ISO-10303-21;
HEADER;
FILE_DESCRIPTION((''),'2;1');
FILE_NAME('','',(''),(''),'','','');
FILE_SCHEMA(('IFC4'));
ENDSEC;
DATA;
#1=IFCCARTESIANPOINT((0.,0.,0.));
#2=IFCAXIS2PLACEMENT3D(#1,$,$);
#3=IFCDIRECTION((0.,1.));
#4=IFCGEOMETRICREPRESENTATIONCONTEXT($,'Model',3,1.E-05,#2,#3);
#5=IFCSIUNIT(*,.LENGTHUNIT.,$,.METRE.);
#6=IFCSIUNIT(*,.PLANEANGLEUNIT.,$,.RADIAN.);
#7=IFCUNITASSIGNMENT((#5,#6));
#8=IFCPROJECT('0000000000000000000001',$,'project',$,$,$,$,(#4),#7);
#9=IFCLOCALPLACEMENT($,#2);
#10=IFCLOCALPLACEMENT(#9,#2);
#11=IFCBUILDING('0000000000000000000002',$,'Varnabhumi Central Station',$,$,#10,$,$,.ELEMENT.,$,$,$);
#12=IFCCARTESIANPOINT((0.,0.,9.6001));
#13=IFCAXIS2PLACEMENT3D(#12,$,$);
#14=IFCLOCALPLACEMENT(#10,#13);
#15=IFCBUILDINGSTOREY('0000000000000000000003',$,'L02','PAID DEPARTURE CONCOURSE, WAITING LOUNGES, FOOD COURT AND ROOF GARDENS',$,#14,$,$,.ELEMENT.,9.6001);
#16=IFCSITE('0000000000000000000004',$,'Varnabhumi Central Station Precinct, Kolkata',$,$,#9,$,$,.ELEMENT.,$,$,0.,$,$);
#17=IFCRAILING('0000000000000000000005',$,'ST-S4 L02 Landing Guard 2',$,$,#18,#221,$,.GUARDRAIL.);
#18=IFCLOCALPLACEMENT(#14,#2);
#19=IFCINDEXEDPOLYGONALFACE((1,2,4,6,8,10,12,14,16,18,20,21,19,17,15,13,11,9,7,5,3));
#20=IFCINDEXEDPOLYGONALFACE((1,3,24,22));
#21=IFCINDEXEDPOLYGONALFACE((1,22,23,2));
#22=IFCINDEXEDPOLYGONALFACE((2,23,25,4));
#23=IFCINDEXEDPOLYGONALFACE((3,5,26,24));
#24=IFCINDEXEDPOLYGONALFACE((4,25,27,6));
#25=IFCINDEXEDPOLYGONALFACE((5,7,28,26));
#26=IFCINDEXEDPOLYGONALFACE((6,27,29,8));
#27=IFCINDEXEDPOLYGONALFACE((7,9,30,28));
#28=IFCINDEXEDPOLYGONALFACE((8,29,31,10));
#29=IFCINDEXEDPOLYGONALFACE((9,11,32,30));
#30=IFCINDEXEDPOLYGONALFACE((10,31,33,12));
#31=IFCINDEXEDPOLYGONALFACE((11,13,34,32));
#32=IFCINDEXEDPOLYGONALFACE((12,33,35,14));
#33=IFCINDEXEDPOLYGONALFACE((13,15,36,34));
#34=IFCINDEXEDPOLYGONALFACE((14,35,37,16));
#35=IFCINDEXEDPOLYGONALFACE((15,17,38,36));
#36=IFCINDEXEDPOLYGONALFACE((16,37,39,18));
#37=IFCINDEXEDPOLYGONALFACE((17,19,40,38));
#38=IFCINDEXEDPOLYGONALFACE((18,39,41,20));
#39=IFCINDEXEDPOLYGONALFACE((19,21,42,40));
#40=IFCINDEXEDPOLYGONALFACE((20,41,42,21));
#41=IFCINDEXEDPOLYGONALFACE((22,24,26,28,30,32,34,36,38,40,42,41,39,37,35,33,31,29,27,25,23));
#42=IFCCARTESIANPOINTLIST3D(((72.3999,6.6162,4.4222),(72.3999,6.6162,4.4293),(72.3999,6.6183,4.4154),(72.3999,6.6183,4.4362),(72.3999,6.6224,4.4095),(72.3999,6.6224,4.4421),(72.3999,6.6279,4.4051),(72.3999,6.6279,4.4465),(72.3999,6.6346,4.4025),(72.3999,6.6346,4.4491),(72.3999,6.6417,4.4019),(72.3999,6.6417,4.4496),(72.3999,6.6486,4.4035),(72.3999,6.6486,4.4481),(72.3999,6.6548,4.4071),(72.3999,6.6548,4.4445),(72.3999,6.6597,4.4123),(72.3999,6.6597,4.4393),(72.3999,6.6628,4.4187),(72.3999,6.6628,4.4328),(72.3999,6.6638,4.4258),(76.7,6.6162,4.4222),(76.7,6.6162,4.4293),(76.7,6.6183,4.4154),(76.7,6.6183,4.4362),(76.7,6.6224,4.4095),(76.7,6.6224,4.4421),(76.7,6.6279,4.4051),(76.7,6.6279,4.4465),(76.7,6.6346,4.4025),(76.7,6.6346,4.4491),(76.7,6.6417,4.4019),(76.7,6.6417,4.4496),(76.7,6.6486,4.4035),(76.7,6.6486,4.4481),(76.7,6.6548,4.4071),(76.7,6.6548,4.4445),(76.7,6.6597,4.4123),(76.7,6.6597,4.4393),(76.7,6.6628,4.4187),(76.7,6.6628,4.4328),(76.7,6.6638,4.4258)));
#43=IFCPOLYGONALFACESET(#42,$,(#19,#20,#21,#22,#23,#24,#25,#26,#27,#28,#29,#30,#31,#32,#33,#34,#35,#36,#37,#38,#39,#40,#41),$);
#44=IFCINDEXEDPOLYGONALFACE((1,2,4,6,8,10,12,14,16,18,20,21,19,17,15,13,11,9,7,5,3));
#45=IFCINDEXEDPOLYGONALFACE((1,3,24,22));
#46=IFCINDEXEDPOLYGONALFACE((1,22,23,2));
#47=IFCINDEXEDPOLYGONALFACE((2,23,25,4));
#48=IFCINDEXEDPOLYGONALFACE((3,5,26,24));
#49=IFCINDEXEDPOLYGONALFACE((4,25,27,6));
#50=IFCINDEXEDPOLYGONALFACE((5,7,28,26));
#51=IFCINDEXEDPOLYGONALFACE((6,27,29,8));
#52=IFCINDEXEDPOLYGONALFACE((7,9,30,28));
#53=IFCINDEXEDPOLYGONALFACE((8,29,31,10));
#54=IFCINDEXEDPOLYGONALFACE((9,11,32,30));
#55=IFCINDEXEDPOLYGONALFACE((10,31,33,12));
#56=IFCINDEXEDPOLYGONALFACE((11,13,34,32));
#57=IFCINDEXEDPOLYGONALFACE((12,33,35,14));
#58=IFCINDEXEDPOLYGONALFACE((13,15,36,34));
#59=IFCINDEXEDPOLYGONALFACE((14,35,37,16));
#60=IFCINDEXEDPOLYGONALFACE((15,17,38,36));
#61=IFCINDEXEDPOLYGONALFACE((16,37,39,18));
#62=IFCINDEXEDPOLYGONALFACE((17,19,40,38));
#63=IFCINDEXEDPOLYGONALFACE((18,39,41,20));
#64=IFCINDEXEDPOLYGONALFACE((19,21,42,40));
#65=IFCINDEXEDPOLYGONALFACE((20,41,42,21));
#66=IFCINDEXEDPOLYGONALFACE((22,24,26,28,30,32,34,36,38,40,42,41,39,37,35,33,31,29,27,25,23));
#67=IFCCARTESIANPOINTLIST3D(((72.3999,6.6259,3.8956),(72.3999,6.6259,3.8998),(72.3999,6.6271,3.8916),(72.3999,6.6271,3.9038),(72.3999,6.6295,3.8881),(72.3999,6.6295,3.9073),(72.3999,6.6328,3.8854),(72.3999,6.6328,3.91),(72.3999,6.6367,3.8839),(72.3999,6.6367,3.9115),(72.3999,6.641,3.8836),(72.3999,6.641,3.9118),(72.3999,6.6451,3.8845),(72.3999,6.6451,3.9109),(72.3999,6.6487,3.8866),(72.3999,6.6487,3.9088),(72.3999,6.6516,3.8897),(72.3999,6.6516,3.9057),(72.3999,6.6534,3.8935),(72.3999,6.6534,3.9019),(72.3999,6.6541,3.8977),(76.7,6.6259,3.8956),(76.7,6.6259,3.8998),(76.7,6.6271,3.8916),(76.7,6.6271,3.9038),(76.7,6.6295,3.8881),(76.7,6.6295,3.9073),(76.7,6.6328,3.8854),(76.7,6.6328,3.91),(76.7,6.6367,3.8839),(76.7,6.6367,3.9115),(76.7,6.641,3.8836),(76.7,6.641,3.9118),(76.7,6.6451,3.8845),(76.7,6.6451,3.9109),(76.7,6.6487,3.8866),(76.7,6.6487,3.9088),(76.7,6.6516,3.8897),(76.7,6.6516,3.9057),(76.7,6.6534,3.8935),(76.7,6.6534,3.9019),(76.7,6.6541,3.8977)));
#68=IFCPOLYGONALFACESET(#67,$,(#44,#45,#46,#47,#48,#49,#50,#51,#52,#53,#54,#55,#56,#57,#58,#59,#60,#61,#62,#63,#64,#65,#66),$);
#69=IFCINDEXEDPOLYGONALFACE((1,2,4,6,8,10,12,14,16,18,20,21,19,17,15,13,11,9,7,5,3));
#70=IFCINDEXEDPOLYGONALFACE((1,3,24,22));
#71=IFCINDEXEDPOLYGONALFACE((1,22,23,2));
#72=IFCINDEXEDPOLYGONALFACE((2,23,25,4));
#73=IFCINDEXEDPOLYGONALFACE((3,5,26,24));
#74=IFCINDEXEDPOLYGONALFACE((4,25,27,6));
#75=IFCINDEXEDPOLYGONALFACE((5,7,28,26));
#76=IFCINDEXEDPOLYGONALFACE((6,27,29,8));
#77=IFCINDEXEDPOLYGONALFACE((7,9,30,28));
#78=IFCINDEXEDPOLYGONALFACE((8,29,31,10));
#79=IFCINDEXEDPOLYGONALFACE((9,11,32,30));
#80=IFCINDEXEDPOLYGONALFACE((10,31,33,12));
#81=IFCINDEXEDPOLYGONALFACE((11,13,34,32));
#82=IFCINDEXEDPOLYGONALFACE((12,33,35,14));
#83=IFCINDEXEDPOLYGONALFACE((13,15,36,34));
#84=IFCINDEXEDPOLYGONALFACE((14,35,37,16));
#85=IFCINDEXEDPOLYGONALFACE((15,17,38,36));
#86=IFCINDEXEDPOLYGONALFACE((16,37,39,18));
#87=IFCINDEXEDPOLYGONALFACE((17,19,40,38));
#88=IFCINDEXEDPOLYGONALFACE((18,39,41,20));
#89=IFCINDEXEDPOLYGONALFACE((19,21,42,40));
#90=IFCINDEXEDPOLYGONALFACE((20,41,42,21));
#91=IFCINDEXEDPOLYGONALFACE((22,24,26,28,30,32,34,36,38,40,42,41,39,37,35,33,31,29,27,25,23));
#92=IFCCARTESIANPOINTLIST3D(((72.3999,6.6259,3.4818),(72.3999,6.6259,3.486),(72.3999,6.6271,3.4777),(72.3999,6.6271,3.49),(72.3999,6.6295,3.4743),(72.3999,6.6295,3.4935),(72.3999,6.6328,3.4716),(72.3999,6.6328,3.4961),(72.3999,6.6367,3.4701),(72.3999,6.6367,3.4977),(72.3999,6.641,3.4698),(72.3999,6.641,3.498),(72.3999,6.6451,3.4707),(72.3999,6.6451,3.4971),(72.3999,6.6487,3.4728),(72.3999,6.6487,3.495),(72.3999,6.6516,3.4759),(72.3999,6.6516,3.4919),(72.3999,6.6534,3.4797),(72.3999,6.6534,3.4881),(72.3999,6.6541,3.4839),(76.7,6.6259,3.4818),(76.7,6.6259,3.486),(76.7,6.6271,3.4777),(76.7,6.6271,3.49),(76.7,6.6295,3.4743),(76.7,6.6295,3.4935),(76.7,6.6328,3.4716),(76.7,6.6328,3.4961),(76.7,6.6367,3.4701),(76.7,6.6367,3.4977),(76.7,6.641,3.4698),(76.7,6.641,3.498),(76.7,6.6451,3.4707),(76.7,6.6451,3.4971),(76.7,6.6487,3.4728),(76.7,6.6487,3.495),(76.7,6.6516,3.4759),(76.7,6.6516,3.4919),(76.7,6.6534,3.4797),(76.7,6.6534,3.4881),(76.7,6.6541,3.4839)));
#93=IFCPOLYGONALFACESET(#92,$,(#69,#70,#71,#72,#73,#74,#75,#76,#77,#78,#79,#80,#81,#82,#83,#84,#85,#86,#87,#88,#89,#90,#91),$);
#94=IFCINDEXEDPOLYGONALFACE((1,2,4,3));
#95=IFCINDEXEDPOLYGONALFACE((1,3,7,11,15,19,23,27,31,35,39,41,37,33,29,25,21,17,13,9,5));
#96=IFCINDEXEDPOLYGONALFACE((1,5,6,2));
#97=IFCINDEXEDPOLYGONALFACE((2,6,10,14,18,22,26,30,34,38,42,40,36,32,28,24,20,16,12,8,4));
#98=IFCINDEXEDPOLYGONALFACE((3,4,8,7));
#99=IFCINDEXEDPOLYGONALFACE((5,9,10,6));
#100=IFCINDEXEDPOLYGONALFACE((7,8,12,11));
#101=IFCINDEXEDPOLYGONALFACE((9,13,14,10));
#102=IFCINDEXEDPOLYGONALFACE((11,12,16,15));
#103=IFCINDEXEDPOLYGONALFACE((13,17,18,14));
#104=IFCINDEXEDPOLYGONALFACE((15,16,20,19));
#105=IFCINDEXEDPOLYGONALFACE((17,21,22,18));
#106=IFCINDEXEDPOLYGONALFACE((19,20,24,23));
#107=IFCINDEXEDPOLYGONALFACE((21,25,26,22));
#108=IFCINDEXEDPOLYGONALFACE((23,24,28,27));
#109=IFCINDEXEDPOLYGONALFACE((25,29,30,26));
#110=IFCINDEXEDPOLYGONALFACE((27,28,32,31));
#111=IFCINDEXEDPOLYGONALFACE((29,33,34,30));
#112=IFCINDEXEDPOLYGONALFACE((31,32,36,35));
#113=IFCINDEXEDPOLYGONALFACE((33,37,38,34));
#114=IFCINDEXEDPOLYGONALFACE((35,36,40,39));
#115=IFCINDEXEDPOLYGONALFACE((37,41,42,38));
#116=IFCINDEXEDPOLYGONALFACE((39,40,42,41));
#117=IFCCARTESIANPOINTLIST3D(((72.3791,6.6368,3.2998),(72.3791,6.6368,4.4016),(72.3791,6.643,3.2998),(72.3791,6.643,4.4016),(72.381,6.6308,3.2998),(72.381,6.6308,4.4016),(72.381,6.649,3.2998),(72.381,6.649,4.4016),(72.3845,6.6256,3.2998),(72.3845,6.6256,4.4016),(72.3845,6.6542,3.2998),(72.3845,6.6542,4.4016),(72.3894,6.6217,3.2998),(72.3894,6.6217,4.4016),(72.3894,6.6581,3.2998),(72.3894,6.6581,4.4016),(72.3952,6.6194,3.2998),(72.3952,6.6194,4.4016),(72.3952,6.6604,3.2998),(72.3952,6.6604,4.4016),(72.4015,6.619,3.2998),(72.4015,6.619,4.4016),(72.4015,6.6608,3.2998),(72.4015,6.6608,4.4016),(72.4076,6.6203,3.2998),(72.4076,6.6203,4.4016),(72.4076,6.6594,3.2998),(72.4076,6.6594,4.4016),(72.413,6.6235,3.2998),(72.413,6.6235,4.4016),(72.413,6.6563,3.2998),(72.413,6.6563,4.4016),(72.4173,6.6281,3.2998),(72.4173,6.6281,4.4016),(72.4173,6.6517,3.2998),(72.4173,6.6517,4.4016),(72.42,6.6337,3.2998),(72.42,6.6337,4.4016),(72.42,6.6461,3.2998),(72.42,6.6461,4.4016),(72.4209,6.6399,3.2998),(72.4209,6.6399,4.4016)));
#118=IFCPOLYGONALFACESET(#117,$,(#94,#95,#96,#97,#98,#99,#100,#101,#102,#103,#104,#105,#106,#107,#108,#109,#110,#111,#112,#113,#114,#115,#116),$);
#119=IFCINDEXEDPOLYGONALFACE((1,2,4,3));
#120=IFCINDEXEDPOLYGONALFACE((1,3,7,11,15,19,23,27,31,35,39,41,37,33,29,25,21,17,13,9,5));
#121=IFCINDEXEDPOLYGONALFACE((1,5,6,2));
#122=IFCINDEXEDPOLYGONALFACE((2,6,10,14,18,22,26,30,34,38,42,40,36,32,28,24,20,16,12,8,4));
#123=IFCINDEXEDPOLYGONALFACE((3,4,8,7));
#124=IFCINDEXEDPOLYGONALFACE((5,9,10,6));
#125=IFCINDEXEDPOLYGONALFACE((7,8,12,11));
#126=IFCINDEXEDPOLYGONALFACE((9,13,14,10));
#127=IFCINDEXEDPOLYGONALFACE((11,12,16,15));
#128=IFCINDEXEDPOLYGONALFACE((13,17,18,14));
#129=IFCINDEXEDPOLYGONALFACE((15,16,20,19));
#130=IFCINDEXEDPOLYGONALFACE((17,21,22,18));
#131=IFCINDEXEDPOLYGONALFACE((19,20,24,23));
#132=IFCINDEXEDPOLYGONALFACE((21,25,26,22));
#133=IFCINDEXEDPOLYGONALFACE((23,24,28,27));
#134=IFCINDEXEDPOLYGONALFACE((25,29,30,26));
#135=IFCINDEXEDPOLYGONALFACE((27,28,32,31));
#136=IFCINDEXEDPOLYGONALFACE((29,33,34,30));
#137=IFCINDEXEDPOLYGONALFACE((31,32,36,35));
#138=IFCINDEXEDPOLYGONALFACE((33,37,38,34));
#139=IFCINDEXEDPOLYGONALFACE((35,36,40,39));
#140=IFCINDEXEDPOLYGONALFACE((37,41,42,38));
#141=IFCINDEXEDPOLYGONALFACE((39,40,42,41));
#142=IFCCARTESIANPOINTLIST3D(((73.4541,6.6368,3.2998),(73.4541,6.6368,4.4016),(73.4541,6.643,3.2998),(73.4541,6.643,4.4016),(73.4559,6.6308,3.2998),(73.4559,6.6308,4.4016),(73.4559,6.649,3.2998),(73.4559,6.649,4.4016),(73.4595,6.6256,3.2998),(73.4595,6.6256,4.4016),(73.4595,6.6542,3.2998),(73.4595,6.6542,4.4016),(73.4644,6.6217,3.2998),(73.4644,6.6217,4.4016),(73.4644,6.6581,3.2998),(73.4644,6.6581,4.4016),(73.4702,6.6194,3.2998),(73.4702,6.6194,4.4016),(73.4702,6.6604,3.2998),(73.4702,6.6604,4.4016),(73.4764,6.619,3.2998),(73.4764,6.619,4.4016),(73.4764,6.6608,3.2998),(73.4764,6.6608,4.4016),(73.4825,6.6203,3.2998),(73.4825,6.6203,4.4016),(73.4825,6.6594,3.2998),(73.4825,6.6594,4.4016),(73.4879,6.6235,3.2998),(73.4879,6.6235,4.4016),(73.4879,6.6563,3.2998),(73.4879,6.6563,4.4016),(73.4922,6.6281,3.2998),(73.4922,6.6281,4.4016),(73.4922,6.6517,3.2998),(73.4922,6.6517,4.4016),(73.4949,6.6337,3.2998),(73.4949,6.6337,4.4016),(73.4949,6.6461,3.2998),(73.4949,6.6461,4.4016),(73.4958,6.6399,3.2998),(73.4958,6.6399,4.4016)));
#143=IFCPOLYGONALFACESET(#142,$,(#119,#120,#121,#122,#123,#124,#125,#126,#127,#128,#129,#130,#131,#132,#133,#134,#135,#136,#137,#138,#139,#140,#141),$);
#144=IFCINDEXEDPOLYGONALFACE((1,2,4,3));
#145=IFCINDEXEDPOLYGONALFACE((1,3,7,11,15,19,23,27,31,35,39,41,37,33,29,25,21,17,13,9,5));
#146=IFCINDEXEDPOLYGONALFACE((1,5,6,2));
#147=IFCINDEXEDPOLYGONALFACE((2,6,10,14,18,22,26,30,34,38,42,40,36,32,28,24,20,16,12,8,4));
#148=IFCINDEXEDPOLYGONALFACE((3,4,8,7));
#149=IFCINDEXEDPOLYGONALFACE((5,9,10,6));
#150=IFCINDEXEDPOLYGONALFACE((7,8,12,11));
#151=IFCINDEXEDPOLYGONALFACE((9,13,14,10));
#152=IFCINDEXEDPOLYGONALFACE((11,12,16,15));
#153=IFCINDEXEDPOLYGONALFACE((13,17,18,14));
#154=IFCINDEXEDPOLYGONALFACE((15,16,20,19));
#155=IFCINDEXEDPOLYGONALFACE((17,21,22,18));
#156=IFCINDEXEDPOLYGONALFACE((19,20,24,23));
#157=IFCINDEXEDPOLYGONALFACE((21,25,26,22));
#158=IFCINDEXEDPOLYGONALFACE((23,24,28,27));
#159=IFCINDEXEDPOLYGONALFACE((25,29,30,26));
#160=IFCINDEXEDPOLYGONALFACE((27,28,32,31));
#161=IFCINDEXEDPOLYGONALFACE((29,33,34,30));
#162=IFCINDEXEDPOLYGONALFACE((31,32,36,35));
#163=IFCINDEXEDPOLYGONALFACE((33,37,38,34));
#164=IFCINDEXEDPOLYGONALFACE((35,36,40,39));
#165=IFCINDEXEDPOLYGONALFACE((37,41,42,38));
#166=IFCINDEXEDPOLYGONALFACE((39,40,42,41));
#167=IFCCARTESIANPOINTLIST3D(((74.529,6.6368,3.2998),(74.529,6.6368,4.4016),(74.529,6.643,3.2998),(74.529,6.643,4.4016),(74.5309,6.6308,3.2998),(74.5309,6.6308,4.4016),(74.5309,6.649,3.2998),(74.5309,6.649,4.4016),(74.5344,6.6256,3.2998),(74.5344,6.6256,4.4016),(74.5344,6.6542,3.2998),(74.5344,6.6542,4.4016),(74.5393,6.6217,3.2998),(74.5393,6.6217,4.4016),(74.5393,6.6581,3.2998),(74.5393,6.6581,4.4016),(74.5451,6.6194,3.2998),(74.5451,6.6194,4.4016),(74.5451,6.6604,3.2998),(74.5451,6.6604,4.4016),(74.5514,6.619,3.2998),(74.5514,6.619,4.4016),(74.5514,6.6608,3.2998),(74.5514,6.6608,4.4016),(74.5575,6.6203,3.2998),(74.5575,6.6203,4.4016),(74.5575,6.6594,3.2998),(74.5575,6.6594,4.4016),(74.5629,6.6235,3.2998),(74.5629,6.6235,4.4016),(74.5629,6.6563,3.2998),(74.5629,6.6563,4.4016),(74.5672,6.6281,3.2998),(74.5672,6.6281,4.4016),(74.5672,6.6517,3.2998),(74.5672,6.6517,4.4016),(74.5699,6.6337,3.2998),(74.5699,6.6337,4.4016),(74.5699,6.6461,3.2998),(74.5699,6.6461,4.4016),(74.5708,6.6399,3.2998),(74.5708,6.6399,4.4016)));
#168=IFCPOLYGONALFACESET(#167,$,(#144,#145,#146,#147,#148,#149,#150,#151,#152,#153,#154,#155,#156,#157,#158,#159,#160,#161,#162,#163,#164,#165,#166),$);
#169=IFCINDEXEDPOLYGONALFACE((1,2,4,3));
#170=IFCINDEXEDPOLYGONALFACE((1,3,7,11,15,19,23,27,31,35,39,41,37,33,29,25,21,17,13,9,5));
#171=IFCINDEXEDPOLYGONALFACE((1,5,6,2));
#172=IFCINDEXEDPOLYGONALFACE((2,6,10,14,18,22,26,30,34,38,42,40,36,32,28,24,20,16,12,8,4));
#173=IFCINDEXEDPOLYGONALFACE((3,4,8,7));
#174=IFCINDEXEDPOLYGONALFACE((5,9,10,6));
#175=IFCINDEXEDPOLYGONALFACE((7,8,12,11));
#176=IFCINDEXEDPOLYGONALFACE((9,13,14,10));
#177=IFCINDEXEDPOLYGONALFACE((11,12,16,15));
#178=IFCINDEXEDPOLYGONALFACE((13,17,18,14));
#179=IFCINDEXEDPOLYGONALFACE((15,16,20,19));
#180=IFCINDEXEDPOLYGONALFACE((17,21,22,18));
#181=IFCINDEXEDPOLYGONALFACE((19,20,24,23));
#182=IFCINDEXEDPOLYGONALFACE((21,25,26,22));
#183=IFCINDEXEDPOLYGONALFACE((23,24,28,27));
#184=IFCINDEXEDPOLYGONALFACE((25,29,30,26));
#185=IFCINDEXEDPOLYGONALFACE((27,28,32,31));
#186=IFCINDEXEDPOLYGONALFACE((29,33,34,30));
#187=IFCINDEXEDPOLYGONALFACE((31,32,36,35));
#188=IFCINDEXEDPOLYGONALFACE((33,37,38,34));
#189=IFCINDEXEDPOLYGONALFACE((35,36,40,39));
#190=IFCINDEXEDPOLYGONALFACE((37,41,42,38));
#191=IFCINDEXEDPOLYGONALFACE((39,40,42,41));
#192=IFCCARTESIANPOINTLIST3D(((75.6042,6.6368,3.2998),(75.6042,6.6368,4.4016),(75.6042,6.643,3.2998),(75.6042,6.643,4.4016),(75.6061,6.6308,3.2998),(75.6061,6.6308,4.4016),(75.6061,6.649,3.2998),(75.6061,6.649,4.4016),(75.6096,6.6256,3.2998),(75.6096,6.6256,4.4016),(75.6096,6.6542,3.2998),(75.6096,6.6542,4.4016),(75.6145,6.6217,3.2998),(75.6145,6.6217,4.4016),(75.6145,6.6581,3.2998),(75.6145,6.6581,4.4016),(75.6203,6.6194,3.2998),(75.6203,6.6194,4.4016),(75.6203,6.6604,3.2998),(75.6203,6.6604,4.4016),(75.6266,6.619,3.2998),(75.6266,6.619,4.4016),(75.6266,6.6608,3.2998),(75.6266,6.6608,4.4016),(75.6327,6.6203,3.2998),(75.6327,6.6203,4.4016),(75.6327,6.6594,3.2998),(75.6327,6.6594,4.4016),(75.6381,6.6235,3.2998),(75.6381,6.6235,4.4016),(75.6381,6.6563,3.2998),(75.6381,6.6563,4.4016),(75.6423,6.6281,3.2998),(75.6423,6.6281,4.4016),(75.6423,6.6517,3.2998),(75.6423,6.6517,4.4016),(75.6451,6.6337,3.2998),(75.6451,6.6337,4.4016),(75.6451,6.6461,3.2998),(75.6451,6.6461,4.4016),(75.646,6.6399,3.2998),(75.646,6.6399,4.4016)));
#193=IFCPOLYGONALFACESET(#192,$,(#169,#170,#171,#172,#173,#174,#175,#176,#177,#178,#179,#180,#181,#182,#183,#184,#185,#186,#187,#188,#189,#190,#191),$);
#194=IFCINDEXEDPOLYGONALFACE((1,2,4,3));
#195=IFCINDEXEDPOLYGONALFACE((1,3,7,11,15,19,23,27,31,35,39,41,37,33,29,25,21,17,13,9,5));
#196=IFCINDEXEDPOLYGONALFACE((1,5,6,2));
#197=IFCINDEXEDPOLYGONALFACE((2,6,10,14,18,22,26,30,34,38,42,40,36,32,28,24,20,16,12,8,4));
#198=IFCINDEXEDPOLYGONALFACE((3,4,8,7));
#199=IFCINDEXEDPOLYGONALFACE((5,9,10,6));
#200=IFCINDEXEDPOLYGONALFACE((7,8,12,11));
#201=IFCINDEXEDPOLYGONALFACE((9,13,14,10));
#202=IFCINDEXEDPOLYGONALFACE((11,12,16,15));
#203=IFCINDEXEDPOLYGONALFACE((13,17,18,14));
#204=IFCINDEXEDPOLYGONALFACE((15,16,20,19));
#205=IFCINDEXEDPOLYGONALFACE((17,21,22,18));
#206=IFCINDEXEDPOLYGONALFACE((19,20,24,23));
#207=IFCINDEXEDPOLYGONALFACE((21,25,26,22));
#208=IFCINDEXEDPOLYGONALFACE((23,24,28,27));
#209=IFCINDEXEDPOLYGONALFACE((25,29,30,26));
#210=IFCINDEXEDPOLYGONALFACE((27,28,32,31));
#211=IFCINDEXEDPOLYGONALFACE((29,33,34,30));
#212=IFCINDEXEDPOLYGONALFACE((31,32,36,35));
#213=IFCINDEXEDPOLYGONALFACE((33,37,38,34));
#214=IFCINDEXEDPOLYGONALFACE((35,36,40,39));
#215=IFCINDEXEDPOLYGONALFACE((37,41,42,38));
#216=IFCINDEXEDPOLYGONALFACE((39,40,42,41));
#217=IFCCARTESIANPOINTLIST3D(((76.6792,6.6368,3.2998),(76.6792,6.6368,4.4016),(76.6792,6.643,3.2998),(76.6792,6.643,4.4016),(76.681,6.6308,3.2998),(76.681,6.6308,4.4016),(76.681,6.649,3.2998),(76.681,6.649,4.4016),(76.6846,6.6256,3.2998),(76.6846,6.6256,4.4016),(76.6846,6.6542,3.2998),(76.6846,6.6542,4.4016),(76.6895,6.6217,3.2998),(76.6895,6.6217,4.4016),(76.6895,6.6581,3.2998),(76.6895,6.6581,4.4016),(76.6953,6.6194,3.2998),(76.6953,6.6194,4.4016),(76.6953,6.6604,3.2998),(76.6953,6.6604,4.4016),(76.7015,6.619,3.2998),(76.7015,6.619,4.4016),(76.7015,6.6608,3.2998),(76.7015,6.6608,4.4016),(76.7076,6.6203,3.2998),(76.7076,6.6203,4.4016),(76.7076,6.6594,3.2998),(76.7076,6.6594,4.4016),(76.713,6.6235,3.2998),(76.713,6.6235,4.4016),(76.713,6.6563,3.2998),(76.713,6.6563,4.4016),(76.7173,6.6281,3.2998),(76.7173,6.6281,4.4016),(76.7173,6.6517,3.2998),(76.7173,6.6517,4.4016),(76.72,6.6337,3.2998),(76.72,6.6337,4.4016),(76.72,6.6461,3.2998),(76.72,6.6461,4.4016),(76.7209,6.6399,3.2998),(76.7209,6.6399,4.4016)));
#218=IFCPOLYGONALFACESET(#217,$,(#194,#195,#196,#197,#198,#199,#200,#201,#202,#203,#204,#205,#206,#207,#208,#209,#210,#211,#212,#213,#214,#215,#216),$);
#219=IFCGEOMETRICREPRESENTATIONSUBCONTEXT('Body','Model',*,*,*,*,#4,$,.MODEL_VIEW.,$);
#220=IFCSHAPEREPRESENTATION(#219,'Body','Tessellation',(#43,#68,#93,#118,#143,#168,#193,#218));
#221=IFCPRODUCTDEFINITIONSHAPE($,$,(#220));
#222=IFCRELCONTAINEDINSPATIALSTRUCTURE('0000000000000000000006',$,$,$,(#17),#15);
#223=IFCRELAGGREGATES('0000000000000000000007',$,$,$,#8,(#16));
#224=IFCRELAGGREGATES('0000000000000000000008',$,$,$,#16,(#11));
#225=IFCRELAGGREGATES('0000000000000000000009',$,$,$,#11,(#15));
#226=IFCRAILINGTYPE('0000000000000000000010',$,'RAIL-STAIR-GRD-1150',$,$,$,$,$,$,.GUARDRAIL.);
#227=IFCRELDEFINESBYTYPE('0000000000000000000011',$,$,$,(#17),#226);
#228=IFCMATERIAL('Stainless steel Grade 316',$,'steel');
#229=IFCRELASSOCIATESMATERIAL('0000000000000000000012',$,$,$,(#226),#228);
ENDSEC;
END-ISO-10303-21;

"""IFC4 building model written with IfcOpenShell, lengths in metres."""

from ifc_helpers import new_model, si_unit, direction, frame, origin, origin_2d, place, context, subcontext, project, spatial, circle, extrude, material, type_object, element, save


model = new_model("IFC4")

# Units and contexts
model_context = context("Model", 3, precision=1e-05, world=origin(), true_north=direction((0.0, 1.0)))
body_context = subcontext(model_context, "Body", "Model", "MODEL_VIEW")
ifc_project = project(units=[si_unit("LENGTHUNIT", "METRE"), si_unit("PLANEANGLEUNIT", "RADIAN")], contexts=[model_context])

# Site, building, storey
site_placement = place(None, origin())
site = spatial("IfcSite", under=ifc_project, at=site_placement, Name="Varnabhumi Central Station Precinct, Kolkata", CompositionType="ELEMENT", RefElevation=0.0)
building_placement = place(site_placement, origin())
building = spatial("IfcBuilding", under=site, at=building_placement, Name="Varnabhumi Central Station", CompositionType="ELEMENT")
storey_placement = place(building_placement, frame((0.0, 0.0, 9.6001)))
storey = spatial("IfcBuildingStorey", under=building, at=storey_placement, Name="L02", Description="PAID DEPARTURE CONCOURSE, WAITING LOUNGES, FOOD COURT AND ROOF GARDENS", CompositionType="ELEMENT", Elevation=9.6001)

# Railing
ifc_material_1 = material(Name="Stainless steel Grade 316", Category="steel")
railing_type_1 = type_object("IfcRailingType", Name="RAIL-STAIR-GRD-1150", PredefinedType="GUARDRAIL", material=ifc_material_1)
railing_1_placement = place(storey_placement, frame((72.3999, 6.6399, 3.2998)))
element("IfcRailing", 1, at=railing_1_placement, inside=storey, type_object=railing_type_1, Name="ST-S4 L02 Landing Guard 2", PredefinedType="GUARDRAIL", context=body_context, shape_type="SweptSolid", body=[
    extrude(circle(Radius=0.0239, at=origin_2d()), frame((0.0, 0.0, 1.126), z_axis=(1.0, 0.0, 0.0), x_axis=(0.0, 1.0, 0.0)), (0.0, 0.0, 1.0), 4.3),
    extrude(circle(Radius=0.0142, at=origin_2d()), frame((0.0, 0.0, 0.5979), z_axis=(1.0, 0.0, 0.0), x_axis=(0.0, 1.0, 0.0)), (0.0, 0.0, 1.0), 4.3),
    extrude(circle(Radius=0.0142, at=origin_2d()), frame((0.0, 0.0, 0.1841), z_axis=(1.0, 0.0, 0.0), x_axis=(0.0, 1.0, 0.0)), (0.0, 0.0, 1.0), 4.3),
    extrude(circle(Radius=0.021, at=origin_2d()), origin(), (0.0, 0.0, 1.0), 1.1018),
    extrude(circle(Radius=0.021, at=origin_2d()), frame((1.075, 0.0, 0.0)), (0.0, 0.0, 1.0), 1.1018),
    extrude(circle(Radius=0.021, at=origin_2d()), frame((2.1499, 0.0, 0.0)), (0.0, 0.0, 1.0), 1.1018),
    extrude(circle(Radius=0.021, at=origin_2d()), frame((3.2251, 0.0, 0.0)), (0.0, 0.0, 1.0), 1.1018),
    extrude(circle(Radius=0.021, at=origin_2d()), frame((4.3, 0.0, 0.0)), (0.0, 0.0, 1.0), 1.1018),
])

save(model, "model.ifc")
